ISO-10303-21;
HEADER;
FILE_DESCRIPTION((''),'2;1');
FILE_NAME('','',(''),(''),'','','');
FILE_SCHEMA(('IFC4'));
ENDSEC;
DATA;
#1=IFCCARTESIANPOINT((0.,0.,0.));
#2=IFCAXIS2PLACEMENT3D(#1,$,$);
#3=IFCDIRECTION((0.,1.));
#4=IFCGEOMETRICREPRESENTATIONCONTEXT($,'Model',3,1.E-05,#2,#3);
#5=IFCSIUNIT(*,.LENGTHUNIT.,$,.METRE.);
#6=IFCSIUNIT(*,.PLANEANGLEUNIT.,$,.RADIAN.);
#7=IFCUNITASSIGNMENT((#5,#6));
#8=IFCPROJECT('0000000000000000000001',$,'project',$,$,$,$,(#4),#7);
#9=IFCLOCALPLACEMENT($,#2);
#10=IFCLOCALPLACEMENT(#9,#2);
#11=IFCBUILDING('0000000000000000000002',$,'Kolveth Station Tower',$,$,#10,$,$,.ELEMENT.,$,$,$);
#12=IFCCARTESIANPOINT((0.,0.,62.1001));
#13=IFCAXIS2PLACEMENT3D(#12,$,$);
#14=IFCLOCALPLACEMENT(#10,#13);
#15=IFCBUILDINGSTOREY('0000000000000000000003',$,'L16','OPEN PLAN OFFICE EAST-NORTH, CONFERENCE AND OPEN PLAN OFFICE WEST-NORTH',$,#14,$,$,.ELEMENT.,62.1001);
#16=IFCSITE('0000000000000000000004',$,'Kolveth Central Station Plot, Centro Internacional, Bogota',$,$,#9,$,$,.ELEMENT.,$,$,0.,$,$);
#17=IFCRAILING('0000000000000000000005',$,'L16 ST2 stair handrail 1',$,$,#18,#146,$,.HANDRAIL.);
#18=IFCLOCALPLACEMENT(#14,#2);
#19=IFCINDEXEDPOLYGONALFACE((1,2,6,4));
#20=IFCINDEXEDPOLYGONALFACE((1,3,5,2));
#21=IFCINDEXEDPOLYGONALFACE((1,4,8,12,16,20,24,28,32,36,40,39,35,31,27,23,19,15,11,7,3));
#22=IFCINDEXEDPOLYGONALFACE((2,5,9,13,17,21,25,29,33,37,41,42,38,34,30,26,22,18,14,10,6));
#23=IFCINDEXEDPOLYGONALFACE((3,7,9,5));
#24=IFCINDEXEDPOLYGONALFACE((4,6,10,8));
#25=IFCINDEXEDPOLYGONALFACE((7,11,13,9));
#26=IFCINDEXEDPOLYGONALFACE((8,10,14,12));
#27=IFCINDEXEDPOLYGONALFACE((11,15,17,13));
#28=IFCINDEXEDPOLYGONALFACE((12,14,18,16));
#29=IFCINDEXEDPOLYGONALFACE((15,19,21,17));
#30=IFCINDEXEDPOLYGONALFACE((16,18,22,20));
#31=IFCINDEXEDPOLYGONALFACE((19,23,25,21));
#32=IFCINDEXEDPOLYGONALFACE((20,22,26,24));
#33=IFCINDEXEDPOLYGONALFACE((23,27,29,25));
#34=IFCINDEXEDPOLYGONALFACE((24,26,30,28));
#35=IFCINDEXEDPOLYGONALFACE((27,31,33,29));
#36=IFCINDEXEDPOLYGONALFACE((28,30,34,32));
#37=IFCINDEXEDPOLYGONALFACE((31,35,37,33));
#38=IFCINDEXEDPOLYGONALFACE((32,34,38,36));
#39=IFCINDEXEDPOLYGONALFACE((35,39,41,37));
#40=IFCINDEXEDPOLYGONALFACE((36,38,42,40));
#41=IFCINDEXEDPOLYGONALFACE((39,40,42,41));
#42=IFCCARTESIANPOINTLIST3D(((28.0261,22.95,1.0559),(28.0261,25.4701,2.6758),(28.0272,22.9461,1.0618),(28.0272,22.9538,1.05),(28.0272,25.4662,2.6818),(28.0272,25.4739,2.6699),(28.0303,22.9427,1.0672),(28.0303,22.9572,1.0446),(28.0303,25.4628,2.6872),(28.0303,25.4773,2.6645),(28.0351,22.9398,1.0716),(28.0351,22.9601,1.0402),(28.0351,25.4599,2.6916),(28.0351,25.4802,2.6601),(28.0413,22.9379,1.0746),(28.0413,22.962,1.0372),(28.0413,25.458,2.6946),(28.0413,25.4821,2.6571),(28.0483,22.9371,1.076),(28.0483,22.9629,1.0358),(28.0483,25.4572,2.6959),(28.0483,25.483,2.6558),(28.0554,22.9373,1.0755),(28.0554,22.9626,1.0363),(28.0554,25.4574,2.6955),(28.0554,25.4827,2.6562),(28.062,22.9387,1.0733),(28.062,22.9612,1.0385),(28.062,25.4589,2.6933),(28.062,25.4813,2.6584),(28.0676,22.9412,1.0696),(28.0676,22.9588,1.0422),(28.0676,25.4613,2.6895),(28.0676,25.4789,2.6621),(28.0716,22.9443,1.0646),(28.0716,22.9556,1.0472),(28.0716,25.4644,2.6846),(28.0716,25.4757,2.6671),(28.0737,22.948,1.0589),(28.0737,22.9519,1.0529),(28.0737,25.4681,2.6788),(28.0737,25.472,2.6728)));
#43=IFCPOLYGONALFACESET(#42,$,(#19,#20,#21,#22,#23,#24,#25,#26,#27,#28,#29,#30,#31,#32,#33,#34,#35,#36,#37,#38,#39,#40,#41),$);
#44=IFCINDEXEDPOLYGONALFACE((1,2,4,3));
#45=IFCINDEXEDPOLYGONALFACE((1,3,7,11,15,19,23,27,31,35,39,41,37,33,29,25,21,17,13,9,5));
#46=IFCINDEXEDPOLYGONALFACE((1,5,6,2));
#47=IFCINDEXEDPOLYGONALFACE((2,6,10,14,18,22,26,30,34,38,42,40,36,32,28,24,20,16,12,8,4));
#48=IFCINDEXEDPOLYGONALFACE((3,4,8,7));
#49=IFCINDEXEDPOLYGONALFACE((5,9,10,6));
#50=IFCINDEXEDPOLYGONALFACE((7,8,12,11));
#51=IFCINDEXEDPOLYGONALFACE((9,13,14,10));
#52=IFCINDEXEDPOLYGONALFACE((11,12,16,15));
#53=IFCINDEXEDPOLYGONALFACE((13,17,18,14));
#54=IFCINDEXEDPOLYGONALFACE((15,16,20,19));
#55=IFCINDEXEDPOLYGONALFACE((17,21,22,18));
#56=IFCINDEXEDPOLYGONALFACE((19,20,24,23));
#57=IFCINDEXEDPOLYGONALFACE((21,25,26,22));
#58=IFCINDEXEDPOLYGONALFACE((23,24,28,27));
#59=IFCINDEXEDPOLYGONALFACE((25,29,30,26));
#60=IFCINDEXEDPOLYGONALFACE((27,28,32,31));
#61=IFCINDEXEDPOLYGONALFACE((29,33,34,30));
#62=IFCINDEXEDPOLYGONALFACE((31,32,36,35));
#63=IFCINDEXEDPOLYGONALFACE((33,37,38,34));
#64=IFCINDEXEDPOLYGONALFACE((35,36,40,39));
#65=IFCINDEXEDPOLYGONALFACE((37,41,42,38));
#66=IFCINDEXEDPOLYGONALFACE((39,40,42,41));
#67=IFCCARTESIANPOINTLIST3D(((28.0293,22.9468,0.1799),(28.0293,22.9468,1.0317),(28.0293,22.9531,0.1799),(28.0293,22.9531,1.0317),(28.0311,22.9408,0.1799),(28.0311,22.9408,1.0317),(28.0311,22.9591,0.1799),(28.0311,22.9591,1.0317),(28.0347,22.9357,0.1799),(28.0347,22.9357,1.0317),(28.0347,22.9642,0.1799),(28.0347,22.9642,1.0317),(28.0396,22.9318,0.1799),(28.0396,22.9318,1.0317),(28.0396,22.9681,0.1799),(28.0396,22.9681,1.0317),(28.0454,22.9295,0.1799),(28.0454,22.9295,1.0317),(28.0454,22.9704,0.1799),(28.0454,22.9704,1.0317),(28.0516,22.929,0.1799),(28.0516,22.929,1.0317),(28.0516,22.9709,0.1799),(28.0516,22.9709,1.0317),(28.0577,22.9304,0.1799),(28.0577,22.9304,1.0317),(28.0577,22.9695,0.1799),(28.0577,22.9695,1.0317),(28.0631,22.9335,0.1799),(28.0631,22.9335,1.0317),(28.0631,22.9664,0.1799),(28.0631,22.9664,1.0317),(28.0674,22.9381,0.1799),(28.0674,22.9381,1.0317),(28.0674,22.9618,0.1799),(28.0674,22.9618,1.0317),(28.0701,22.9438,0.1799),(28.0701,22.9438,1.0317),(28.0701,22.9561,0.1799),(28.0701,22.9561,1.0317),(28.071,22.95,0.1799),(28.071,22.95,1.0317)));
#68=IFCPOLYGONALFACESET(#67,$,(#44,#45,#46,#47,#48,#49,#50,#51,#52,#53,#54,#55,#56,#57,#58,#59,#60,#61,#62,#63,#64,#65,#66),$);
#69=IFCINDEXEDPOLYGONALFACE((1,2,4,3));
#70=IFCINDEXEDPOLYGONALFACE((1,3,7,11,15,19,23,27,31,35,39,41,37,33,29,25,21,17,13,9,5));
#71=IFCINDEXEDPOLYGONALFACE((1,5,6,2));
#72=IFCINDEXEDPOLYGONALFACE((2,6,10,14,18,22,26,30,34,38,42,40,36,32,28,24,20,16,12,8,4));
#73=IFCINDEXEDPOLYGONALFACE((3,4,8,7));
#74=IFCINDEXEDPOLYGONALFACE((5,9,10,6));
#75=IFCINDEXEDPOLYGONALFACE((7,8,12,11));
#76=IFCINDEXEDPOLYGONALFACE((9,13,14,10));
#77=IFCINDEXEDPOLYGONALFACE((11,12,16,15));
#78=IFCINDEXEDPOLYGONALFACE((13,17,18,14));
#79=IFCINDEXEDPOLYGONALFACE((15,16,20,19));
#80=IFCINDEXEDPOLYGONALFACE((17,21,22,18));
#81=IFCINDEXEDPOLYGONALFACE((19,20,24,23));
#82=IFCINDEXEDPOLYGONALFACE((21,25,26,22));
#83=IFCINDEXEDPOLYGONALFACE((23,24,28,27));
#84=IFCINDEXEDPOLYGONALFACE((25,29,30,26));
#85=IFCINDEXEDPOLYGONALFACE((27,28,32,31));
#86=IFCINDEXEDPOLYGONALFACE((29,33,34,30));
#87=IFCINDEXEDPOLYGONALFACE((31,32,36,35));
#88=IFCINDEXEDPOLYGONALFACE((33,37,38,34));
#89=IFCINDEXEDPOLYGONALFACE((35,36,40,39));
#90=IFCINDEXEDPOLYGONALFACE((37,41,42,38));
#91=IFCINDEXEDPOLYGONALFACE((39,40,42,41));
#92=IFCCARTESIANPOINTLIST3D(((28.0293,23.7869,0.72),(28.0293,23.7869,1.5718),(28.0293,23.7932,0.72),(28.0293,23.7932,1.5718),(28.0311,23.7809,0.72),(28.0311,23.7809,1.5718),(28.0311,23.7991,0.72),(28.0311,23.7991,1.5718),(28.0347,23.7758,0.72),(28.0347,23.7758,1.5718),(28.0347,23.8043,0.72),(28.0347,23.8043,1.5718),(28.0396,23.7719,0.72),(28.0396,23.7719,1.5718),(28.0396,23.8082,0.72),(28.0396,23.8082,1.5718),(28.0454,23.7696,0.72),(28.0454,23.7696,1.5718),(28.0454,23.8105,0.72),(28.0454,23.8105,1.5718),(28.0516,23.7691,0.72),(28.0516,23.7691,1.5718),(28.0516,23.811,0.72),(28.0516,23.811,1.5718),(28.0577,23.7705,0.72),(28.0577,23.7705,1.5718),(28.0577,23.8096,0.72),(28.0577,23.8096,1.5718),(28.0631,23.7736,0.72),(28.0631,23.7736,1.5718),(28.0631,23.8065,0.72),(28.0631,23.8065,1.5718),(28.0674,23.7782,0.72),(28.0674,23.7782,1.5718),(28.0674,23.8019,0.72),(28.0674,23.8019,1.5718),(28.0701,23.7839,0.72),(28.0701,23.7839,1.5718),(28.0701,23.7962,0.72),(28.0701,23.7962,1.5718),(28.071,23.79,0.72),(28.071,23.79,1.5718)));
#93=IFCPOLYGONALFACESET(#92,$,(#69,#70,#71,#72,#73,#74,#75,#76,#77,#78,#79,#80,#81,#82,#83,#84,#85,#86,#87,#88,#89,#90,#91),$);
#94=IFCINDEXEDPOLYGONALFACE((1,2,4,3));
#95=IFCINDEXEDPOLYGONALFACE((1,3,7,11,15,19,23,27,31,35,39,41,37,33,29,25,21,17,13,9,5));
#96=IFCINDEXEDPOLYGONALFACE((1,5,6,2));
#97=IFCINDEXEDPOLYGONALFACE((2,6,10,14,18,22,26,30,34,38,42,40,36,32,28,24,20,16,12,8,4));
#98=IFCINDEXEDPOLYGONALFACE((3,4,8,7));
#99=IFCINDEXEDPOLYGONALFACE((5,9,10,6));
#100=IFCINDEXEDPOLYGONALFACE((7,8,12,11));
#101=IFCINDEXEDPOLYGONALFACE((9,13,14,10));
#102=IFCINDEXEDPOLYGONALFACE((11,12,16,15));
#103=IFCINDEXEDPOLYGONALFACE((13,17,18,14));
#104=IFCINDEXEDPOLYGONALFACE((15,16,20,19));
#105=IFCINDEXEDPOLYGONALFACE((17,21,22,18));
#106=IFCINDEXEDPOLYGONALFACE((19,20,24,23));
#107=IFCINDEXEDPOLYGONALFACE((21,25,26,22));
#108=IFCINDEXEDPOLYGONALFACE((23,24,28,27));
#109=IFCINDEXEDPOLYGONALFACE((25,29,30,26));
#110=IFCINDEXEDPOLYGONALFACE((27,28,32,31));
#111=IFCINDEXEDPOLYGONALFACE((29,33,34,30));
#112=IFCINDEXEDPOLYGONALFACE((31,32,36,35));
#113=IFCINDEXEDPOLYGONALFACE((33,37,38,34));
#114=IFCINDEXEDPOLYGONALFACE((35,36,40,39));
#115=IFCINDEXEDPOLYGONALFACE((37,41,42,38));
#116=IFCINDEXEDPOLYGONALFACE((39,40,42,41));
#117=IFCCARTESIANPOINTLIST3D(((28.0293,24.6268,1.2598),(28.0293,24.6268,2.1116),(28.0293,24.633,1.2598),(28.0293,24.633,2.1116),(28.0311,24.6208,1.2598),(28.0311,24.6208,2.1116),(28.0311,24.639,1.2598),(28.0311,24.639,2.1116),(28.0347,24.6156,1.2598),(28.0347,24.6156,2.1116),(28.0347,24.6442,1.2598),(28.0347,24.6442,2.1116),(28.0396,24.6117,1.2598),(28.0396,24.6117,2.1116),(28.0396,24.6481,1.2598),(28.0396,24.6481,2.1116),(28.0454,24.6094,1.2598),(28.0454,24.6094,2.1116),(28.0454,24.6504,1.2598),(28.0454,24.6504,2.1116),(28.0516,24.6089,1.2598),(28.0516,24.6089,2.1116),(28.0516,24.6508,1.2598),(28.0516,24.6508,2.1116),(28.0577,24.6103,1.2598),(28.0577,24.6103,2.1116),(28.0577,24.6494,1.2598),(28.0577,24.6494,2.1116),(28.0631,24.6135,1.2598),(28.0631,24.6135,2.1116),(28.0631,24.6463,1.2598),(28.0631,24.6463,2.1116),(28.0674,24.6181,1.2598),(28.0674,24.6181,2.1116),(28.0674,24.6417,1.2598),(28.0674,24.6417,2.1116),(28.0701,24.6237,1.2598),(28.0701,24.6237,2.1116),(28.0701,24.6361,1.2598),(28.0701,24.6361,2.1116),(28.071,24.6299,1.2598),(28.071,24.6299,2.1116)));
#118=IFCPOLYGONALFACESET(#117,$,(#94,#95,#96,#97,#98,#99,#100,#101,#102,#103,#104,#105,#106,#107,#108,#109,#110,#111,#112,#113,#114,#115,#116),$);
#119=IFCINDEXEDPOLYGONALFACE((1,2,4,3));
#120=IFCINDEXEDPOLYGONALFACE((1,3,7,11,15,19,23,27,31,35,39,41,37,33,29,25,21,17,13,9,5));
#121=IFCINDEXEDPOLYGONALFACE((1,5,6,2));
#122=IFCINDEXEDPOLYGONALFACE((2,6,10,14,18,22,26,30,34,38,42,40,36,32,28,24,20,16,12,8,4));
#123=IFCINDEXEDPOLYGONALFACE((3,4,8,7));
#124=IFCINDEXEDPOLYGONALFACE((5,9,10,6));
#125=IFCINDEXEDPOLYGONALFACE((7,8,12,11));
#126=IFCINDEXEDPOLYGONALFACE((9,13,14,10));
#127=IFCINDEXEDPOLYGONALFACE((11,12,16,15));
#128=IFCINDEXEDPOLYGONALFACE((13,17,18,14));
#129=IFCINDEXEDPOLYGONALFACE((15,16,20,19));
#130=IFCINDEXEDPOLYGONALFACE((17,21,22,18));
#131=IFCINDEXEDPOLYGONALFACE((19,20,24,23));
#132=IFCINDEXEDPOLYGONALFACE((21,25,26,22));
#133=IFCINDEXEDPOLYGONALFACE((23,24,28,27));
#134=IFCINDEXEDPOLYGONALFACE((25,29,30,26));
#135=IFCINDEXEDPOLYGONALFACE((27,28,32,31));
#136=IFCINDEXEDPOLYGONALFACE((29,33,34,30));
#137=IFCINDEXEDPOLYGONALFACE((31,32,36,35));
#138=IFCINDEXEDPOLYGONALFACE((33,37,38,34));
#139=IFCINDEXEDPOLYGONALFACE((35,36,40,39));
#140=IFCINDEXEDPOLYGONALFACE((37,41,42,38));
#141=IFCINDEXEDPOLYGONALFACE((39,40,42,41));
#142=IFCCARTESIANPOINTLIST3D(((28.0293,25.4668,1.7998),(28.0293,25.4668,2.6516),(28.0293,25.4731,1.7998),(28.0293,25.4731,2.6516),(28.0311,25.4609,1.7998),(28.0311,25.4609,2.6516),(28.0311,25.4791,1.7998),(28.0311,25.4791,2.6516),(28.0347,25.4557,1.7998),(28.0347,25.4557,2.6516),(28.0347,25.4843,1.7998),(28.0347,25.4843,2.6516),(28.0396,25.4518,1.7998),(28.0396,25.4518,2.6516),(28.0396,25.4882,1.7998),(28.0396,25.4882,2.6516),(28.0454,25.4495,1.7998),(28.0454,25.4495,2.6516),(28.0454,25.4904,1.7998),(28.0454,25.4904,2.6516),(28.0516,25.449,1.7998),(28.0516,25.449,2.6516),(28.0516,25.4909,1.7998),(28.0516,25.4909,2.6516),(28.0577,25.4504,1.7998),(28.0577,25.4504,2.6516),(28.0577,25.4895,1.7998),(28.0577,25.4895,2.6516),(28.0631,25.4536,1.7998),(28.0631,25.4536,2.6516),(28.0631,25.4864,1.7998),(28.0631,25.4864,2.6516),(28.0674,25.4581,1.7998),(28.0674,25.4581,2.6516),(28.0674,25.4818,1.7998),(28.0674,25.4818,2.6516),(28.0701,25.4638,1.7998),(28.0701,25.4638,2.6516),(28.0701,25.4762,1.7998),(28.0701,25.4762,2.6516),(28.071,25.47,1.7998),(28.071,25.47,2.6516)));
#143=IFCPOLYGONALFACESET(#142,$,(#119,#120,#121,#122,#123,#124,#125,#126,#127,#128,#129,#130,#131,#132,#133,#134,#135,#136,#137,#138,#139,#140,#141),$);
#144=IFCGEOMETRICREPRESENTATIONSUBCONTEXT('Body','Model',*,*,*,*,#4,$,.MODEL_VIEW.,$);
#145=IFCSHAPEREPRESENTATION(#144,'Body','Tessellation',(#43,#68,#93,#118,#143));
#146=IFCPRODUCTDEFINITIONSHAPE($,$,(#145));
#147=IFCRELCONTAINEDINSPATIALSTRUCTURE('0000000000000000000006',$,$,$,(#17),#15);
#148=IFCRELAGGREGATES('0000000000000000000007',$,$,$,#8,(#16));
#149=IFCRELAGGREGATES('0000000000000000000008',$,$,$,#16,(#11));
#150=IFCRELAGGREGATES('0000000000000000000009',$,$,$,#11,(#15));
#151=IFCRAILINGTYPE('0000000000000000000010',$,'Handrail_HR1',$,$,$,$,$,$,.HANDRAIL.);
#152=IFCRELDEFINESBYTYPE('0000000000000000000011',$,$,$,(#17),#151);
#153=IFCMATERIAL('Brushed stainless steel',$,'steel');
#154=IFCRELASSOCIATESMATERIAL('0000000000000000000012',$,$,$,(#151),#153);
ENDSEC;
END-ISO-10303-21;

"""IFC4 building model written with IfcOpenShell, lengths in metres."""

from ifc_helpers import new_model, si_unit, direction, frame, origin, origin_2d, place, context, subcontext, project, spatial, circle, extrude, material, type_object, element, save


model = new_model("IFC4")

# Units and contexts
model_context = context("Model", 3, precision=1e-05, world=origin(), true_north=direction((0.0, 1.0)))
body_context = subcontext(model_context, "Body", "Model", "MODEL_VIEW")
ifc_project = project(units=[si_unit("LENGTHUNIT", "METRE"), si_unit("PLANEANGLEUNIT", "RADIAN")], contexts=[model_context])

# Site, building, storey
site_placement = place(None, origin())
site = spatial("IfcSite", under=ifc_project, at=site_placement, Name="Kolveth Central Station Plot, Centro Internacional, Bogota", CompositionType="ELEMENT", RefElevation=0.0)
building_placement = place(site_placement, origin())
building = spatial("IfcBuilding", under=site, at=building_placement, Name="Kolveth Station Tower", CompositionType="ELEMENT")
storey_placement = place(building_placement, frame((0.0, 0.0, 62.1001)))
storey = spatial("IfcBuildingStorey", under=building, at=storey_placement, Name="L16", Description="OPEN PLAN OFFICE EAST-NORTH, CONFERENCE AND OPEN PLAN OFFICE WEST-NORTH", CompositionType="ELEMENT", Elevation=62.1001)

# Railing
ifc_material_1 = material(Name="Brushed stainless steel", Category="steel")
railing_type_1 = type_object("IfcRailingType", Name="Handrail_HR1", PredefinedType="HANDRAIL", material=ifc_material_1)
railing_1_placement = place(storey_placement, frame((28.05, 22.95, 0.1799)))
element("IfcRailing", 1, at=railing_1_placement, inside=storey, type_object=railing_type_1, Name="L16 ST2 stair handrail 1", PredefinedType="HANDRAIL", context=body_context, shape_type="SweptSolid", body=[
    extrude(circle(Radius=0.0239, at=origin_2d()), frame((0.0, 0.0, 0.876), z_axis=(0.0, 0.8412, 0.540725), x_axis=(-1.0, 0.0, 0.0)), (0.0, 0.0, 1.0), 2.9958),
    extrude(circle(Radius=0.021, at=origin_2d()), origin(), (0.0, 0.0, 1.0), 0.8518),
    extrude(circle(Radius=0.021, at=origin_2d()), frame((0.0, 0.8401, 0.54)), (0.0, 0.0, 1.0), 0.8518),
    extrude(circle(Radius=0.021, at=origin_2d()), frame((0.0, 1.6799, 1.0798)), (0.0, 0.0, 1.0), 0.8518),
    extrude(circle(Radius=0.021, at=origin_2d()), frame((0.0, 2.52, 1.6199)), (0.0, 0.0, 1.0), 0.8518),
])

save(model, "model.ifc")
